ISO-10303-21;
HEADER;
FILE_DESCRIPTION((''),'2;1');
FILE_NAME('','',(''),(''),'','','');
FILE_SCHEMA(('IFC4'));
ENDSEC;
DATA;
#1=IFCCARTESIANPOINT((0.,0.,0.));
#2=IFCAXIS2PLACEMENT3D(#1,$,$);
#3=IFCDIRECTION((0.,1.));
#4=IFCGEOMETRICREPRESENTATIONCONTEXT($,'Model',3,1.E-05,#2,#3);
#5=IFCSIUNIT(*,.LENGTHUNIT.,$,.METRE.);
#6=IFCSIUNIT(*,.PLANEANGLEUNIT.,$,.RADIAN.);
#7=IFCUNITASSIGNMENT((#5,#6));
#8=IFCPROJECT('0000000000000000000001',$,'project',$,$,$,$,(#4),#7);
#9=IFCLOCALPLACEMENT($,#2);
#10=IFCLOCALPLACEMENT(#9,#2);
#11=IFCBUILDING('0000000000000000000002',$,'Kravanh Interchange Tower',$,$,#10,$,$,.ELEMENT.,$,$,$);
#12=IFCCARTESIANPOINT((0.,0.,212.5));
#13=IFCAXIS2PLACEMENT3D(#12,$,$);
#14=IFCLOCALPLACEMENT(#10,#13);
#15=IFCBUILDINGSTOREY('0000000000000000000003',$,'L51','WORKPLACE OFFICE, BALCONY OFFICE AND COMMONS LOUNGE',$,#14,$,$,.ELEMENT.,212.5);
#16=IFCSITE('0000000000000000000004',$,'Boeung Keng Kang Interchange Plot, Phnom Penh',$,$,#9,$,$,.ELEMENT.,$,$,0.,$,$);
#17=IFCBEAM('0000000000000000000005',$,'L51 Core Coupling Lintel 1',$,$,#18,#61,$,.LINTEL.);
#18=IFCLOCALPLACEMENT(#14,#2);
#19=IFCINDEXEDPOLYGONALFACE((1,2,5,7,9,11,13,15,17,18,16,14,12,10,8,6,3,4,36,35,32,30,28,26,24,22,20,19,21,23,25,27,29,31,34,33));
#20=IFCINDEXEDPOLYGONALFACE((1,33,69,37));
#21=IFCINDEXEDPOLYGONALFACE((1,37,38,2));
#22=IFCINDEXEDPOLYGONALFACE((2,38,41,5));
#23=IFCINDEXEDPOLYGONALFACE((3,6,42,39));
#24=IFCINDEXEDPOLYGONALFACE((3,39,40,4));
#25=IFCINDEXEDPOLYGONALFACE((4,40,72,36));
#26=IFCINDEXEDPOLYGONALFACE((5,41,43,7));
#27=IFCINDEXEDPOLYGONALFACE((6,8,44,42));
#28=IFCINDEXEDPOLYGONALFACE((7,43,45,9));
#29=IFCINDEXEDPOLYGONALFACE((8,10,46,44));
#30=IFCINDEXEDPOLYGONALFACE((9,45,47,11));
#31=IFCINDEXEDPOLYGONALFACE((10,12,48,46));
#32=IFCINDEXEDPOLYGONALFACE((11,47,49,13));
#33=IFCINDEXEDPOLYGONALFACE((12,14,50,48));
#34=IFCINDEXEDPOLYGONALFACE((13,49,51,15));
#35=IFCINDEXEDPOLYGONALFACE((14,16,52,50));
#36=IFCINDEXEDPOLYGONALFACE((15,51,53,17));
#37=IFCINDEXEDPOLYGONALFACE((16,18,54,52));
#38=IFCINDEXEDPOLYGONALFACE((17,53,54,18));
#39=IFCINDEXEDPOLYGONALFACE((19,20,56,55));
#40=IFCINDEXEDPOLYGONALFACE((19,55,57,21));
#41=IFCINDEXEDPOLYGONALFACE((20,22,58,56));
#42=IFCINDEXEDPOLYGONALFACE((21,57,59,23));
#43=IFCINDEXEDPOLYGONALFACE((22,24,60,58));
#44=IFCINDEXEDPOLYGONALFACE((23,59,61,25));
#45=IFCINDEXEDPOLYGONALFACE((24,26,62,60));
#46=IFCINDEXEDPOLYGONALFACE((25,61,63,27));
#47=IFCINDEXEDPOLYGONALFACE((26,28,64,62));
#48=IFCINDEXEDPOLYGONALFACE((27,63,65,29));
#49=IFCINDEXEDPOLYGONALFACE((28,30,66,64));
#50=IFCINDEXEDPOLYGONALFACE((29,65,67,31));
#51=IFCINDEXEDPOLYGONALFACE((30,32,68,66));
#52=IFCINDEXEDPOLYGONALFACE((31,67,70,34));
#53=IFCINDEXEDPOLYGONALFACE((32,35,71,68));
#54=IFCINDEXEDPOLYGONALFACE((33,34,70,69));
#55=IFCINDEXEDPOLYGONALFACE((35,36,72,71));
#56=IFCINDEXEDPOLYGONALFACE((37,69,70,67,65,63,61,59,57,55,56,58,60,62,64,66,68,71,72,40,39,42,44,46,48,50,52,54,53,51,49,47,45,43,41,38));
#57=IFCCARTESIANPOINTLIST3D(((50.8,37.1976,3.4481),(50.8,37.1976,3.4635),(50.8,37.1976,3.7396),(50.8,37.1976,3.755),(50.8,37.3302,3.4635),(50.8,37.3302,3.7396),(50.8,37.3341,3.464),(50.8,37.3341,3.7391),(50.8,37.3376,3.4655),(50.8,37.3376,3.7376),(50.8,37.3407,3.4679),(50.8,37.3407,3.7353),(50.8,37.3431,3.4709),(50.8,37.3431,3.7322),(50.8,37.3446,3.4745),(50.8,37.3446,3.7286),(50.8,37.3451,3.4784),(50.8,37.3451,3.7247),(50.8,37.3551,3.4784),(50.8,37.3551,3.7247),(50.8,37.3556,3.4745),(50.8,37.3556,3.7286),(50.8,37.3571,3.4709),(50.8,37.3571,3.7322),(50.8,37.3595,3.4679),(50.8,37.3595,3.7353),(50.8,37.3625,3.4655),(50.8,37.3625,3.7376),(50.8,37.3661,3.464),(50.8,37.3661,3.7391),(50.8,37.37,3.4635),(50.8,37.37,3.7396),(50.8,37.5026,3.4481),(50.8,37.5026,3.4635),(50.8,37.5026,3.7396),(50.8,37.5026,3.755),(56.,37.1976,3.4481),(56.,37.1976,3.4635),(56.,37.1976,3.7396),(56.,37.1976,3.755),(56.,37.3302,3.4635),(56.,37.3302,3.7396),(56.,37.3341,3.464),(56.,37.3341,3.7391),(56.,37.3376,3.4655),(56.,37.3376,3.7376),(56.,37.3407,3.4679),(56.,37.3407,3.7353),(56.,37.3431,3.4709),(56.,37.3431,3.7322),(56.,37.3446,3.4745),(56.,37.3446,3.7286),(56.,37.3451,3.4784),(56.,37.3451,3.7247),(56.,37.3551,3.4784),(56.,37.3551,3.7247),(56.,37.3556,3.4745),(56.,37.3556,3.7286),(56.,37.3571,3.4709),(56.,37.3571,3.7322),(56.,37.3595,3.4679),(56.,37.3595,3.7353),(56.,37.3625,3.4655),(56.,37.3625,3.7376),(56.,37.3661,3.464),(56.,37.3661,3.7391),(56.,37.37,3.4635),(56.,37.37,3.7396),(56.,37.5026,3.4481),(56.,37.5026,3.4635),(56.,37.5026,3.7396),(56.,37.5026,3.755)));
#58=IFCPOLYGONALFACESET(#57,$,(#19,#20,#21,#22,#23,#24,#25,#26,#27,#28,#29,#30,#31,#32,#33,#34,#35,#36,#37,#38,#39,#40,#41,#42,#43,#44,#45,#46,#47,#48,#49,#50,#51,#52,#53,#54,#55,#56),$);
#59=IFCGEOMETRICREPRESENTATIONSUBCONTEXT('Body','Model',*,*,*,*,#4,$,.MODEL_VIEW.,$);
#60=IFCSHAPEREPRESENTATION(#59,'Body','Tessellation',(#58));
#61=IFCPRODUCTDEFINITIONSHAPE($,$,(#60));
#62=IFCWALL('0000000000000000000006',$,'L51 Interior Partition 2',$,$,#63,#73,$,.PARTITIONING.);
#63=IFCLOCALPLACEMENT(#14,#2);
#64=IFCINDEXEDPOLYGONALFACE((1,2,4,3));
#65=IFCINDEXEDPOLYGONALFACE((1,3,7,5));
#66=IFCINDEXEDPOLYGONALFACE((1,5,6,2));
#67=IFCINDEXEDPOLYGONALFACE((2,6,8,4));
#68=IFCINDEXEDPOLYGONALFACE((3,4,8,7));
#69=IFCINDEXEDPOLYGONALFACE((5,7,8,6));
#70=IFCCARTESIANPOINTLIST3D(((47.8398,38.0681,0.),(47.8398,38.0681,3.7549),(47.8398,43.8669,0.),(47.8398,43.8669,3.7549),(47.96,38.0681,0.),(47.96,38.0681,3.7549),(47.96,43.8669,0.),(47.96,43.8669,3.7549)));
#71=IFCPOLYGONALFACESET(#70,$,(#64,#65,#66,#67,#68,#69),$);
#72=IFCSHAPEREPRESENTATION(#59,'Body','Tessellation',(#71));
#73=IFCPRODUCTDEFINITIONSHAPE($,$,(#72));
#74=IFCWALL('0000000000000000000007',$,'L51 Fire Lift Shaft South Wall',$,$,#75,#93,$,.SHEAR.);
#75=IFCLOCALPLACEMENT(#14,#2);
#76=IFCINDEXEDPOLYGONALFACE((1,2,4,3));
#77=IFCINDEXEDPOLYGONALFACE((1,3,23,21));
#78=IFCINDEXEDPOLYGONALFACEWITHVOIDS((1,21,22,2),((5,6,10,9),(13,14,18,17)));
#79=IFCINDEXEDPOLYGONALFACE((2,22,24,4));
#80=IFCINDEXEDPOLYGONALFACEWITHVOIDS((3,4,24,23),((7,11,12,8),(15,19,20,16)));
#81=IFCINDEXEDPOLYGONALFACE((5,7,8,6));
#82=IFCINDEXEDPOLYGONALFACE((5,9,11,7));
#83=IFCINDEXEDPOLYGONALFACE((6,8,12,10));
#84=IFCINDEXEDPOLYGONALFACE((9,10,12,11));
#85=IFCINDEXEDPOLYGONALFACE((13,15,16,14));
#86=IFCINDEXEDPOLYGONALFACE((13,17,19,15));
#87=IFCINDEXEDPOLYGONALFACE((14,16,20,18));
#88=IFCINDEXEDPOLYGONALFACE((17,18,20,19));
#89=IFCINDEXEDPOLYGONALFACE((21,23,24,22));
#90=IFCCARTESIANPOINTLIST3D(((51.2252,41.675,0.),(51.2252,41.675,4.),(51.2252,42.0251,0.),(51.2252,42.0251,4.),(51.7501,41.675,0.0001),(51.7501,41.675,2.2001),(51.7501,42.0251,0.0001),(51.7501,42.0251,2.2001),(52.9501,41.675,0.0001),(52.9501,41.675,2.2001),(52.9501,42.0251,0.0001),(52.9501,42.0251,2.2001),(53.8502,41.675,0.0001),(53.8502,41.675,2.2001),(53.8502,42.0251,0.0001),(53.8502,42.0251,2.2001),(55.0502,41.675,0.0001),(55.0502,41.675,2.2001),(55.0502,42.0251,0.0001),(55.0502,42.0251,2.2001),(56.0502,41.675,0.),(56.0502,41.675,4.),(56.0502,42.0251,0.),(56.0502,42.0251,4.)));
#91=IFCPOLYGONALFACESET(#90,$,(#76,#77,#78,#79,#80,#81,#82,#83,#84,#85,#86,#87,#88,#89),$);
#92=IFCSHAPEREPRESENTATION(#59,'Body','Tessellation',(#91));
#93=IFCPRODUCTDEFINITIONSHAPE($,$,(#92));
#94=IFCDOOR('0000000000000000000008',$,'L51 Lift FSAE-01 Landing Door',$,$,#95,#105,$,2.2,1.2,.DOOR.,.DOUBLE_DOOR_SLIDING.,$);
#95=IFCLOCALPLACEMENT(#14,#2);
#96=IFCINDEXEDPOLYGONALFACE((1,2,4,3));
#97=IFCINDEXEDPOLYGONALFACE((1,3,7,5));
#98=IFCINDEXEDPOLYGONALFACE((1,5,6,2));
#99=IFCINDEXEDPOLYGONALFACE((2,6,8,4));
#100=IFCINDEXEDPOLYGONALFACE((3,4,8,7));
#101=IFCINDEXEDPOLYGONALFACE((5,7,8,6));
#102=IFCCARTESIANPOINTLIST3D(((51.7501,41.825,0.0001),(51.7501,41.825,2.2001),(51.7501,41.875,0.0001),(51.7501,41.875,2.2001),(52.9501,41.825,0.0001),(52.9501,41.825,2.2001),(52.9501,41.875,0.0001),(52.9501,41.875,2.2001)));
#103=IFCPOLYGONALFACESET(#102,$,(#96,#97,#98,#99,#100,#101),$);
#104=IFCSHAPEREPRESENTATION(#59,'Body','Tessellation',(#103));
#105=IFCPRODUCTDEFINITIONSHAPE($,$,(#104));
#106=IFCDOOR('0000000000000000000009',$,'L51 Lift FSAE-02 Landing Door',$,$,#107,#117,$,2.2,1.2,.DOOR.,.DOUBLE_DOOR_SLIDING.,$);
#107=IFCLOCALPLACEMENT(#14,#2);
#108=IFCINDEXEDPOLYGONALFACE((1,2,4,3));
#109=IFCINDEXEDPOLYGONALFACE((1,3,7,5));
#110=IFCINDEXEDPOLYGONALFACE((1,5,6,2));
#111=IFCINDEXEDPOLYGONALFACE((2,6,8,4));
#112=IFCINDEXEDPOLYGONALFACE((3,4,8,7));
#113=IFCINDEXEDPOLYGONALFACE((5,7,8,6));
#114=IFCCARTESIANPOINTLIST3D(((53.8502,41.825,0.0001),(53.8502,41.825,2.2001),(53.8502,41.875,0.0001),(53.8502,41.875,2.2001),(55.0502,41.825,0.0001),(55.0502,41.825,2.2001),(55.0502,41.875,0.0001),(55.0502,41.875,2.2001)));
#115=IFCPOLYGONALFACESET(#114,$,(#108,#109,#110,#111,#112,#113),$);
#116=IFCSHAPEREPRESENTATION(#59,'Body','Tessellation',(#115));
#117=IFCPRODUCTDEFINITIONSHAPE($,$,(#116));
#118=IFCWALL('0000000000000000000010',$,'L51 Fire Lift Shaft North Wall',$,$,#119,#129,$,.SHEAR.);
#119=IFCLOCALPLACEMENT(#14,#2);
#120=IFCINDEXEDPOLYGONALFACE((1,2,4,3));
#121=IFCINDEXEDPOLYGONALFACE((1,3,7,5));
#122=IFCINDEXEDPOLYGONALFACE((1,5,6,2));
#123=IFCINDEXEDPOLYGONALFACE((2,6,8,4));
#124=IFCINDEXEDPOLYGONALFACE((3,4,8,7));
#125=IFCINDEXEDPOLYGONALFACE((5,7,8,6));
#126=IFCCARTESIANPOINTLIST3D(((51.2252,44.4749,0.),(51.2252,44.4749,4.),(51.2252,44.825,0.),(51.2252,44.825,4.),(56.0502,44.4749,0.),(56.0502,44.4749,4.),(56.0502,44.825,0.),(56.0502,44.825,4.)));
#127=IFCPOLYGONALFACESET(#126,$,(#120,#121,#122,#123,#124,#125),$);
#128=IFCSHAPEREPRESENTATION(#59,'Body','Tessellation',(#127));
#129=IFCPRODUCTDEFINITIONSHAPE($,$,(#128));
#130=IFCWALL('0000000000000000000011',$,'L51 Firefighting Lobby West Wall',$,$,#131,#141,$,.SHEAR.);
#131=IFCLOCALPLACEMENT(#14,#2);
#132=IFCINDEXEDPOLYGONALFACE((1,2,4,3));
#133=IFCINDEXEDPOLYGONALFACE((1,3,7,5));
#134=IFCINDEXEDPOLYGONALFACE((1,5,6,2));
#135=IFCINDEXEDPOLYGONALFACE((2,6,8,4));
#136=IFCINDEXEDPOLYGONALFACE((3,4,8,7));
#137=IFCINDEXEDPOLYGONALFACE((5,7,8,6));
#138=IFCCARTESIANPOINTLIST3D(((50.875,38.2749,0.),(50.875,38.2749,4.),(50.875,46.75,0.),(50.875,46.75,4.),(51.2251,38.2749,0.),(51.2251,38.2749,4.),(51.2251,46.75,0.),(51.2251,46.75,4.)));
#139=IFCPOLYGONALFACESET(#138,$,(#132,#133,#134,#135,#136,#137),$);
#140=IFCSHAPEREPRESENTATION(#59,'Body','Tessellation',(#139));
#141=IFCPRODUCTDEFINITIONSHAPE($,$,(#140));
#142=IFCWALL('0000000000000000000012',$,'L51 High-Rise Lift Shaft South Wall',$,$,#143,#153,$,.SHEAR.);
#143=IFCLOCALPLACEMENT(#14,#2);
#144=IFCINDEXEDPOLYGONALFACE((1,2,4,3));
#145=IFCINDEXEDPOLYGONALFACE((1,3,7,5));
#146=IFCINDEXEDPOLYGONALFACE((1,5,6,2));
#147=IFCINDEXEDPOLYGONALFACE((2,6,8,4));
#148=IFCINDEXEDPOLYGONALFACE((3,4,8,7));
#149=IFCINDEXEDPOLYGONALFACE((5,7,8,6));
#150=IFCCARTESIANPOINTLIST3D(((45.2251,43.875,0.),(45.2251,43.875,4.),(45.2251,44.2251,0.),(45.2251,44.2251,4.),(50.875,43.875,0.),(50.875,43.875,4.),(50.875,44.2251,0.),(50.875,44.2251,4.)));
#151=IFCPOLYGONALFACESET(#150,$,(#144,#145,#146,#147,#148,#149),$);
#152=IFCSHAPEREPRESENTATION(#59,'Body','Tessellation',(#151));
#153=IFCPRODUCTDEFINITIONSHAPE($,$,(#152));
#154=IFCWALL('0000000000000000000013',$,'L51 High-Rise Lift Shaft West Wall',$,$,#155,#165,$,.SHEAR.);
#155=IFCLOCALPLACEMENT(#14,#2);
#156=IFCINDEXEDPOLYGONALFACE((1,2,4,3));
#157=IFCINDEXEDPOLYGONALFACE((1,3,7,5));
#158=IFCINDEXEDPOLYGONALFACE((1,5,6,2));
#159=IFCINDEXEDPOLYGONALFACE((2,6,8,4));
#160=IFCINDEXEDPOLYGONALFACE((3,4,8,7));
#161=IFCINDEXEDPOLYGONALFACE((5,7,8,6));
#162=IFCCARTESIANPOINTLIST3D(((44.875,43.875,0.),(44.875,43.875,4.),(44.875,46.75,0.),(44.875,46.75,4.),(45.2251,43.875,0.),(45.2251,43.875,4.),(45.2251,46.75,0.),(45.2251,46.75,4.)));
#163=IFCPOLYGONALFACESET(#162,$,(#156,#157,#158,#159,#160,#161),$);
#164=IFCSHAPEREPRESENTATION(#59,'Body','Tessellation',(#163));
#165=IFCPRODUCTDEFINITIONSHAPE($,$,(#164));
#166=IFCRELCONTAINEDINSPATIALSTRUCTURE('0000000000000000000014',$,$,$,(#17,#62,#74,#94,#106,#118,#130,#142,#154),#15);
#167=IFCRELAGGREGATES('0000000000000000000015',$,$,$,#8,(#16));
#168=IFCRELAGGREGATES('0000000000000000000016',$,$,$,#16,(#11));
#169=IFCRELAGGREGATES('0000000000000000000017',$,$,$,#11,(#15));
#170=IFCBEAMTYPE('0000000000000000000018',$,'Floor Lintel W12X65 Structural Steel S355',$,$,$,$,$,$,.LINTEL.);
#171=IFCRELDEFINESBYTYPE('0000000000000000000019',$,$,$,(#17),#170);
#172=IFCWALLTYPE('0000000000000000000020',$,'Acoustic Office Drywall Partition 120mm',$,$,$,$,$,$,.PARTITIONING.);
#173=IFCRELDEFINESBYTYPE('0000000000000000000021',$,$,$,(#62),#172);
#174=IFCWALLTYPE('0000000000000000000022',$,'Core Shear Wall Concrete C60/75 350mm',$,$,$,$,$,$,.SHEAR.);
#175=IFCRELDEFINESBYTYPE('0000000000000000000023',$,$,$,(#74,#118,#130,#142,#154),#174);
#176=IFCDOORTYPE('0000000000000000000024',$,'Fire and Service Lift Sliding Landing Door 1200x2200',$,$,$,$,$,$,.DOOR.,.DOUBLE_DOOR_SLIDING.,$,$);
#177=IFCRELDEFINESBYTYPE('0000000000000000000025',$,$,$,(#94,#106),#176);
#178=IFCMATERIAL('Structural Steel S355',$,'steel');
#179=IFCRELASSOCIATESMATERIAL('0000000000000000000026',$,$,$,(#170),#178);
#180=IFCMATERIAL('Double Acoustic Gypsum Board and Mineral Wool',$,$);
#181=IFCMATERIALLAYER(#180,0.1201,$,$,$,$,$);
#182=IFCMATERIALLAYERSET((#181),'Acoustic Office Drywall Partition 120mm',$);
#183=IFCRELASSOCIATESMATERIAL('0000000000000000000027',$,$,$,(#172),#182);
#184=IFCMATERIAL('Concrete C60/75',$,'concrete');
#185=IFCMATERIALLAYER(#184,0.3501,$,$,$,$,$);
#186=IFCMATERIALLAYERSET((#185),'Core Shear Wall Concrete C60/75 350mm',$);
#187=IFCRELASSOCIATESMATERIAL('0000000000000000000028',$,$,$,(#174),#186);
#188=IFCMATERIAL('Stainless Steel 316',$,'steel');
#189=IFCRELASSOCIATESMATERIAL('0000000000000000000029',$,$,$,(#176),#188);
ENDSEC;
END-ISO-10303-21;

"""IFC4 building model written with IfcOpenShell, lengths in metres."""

from ifc_helpers import new_model, si_unit, direction, frame, frame_2d, origin, origin_2d, place, context, subcontext, project, spatial, rectangle, i_section, extrude, material, layer, layer_set, material_profile, profile_set, type_object, element, fill, save


model = new_model("IFC4")

# Units and contexts
model_context = context("Model", 3, precision=1e-05, world=origin(), true_north=direction((0.0, 1.0)))
body_context = subcontext(model_context, "Body", "Model", "MODEL_VIEW")
ifc_project = project(units=[si_unit("LENGTHUNIT", "METRE"), si_unit("PLANEANGLEUNIT", "RADIAN")], contexts=[model_context])

# Site, building, storey
site_placement = place(None, origin())
site = spatial("IfcSite", under=ifc_project, at=site_placement, Name="Boeung Keng Kang Interchange Plot, Phnom Penh", CompositionType="ELEMENT", RefElevation=0.0)
building_placement = place(site_placement, origin())
building = spatial("IfcBuilding", under=site, at=building_placement, Name="Kravanh Interchange Tower", CompositionType="ELEMENT")
storey_placement = place(building_placement, frame((0.0, 0.0, 212.5)))
storey = spatial("IfcBuildingStorey", under=building, at=storey_placement, Name="L51", Description="WORKPLACE OFFICE, BALCONY OFFICE AND COMMONS LOUNGE", CompositionType="ELEMENT", Elevation=212.5)

# Beam
ifc_material_1 = material(Name="Structural Steel S355", Category="steel")
ifc_material_profile_1 = material_profile(ifc_material_1, i_section(OverallWidth=0.3049, OverallDepth=0.3069, WebThickness=0.01, FlangeThickness=0.0154, FilletRadius=0.0149, at=origin_2d()), Name="W12X65")
ifc_profile_set_1 = profile_set([ifc_material_profile_1], Name="Structural Steel S355")
beam_type_1 = type_object("IfcBeamType", Name="Floor Lintel W12X65 Structural Steel S355", PredefinedType="LINTEL", material=ifc_profile_set_1)
beam_1_placement = place(storey_placement, frame((50.8, 37.3501, 3.6016), z_axis=(1.0, 0.0, 0.0), x_axis=(0.0, 1.0, 0.0)))
element("IfcBeam", 1, at=beam_1_placement, inside=storey, type_object=beam_type_1, Name="L51 Core Coupling Lintel 1", PredefinedType="LINTEL", context=body_context, shape_type="SweptSolid", body=[
    extrude(i_section(OverallWidth=0.3049, OverallDepth=0.3069, WebThickness=0.01, FlangeThickness=0.0154, FilletRadius=0.0149, at=origin_2d()), origin(), (0.0, 0.0, 1.0), 5.2),
])

# Wall
ifc_material_2 = material(Name="Double Acoustic Gypsum Board and Mineral Wool")
ifc_layer_1 = layer(ifc_material_2, 0.1201)
ifc_layer_set_1 = layer_set([ifc_layer_1], Name="Acoustic Office Drywall Partition 120mm")
wall_type_1 = type_object("IfcWallType", Name="Acoustic Office Drywall Partition 120mm", PredefinedType="PARTITIONING", material=ifc_layer_set_1)
wall_1_placement = place(storey_placement, frame((47.8999, 38.0681, 0.0), z_axis=(0.0, 0.0, 1.0), x_axis=(0.0, 1.0, 0.0)))
element("IfcWall", 2, at=wall_1_placement, inside=storey, type_object=wall_type_1, Name="L51 Interior Partition 2", PredefinedType="PARTITIONING", context=body_context, shape_type="SweptSolid", body=[
    extrude(rectangle(XDim=5.7988, YDim=0.1201, at=frame_2d((2.8994, 0.0))), origin(), (0.0, 0.0, 1.0), 3.7549),
])

# Wall, openings, doors
ifc_material_3 = material(Name="Concrete C60/75", Category="concrete")
ifc_layer_2 = layer(ifc_material_3, 0.3501)
ifc_layer_set_2 = layer_set([ifc_layer_2], Name="Core Shear Wall Concrete C60/75 350mm")
wall_type_2 = type_object("IfcWallType", Name="Core Shear Wall Concrete C60/75 350mm", PredefinedType="SHEAR", material=ifc_layer_set_2)
wall_2_placement = place(storey_placement, frame((51.2251, 41.8501, 0.0), z_axis=(0.0, 0.0, 1.0), x_axis=(1.0, 0.0, 0.0)))
wall_2 = element("IfcWall", 3, at=wall_2_placement, inside=storey, type_object=wall_type_2, Name="L51 Fire Lift Shaft South Wall", PredefinedType="SHEAR", context=body_context, shape_type="SweptSolid", body=[
    extrude(rectangle(XDim=4.825, YDim=0.3501, at=frame_2d((2.4126, 0.0))), origin(), (0.0, 0.0, 1.0), 4.0),
])
opening_1_placement = place(wall_2_placement, frame((0.5249, 0.0, 0.0)))
opening_1 = element("IfcOpeningElement", 4, at=opening_1_placement, cuts=wall_2, PredefinedType="OPENING", context=body_context, shape_type="SweptSolid", body=[
    extrude(rectangle(XDim=1.2, YDim=2.2, at=frame_2d((0.6001, 1.1001))), frame((0.0, 0.1851, 0.0), z_axis=(0.0, -1.0, 0.0), x_axis=(1.0, 0.0, 0.0)), (0.0, 0.0, 1.0), 0.3701),
])
opening_2_placement = place(wall_2_placement, frame((2.625, 0.0, 0.0)))
opening_2 = element("IfcOpeningElement", 5, at=opening_2_placement, cuts=wall_2, PredefinedType="OPENING", context=body_context, shape_type="SweptSolid", body=[
    extrude(rectangle(XDim=1.2, YDim=2.2, at=frame_2d((0.6001, 1.1001))), frame((0.0, 0.1851, 0.0), z_axis=(0.0, -1.0, 0.0), x_axis=(1.0, 0.0, 0.0)), (0.0, 0.0, 1.0), 0.3701),
])
ifc_material_4 = material(Name="Stainless Steel 316", Category="steel")
door_type_1 = type_object("IfcDoorType", Name="Fire and Service Lift Sliding Landing Door 1200x2200", OperationType="DOUBLE_DOOR_SLIDING", PredefinedType="DOOR", material=ifc_material_4)
door_1_placement = place(opening_1_placement, origin())
door_1 = element("IfcDoor", 6, at=door_1_placement, inside=storey, type_object=door_type_1, Name="L51 Lift FSAE-01 Landing Door", OperationType="DOUBLE_DOOR_SLIDING", OverallHeight=2.2, OverallWidth=1.2, PredefinedType="DOOR", context=body_context, shape_type="SweptSolid", body=[
    extrude(rectangle(XDim=1.2, YDim=2.2, at=frame_2d((0.6001, 1.1001))), frame((0.0, 0.0249, 0.0), z_axis=(0.0, -1.0, 0.0), x_axis=(1.0, 0.0, 0.0)), (0.0, 0.0, 1.0), 0.05),
])
fill(opening_1, door_1)
door_2_placement = place(opening_2_placement, origin())
door_2 = element("IfcDoor", 7, at=door_2_placement, inside=storey, type_object=door_type_1, Name="L51 Lift FSAE-02 Landing Door", OperationType="DOUBLE_DOOR_SLIDING", OverallHeight=2.2, OverallWidth=1.2, PredefinedType="DOOR", context=body_context, shape_type="SweptSolid", body=[
    extrude(rectangle(XDim=1.2, YDim=2.2, at=frame_2d((0.6001, 1.1001))), frame((0.0, 0.0249, 0.0), z_axis=(0.0, -1.0, 0.0), x_axis=(1.0, 0.0, 0.0)), (0.0, 0.0, 1.0), 0.05),
])
fill(opening_2, door_2)

# Walls
wall_3_placement = place(storey_placement, frame((51.2251, 44.6499, 0.0), z_axis=(0.0, 0.0, 1.0), x_axis=(1.0, 0.0, 0.0)))
element("IfcWall", 8, at=wall_3_placement, inside=storey, type_object=wall_type_2, Name="L51 Fire Lift Shaft North Wall", PredefinedType="SHEAR", context=body_context, shape_type="SweptSolid", body=[
    extrude(rectangle(XDim=4.825, YDim=0.3501, at=frame_2d((2.4126, 0.0))), origin(), (0.0, 0.0, 1.0), 4.0),
])
wall_4_placement = place(storey_placement, frame((51.05, 38.2749, 0.0), z_axis=(0.0, 0.0, 1.0), x_axis=(0.0, 1.0, 0.0)))
element("IfcWall", 9, at=wall_4_placement, inside=storey, type_object=wall_type_2, Name="L51 Firefighting Lobby West Wall", PredefinedType="SHEAR", context=body_context, shape_type="SweptSolid", body=[
    extrude(rectangle(XDim=8.4751, YDim=0.3501, at=frame_2d((4.2375, 0.0))), origin(), (0.0, 0.0, 1.0), 4.0),
])
wall_5_placement = place(storey_placement, frame((45.2251, 44.05, 0.0), z_axis=(0.0, 0.0, 1.0), x_axis=(1.0, 0.0, 0.0)))
element("IfcWall", 10, at=wall_5_placement, inside=storey, type_object=wall_type_2, Name="L51 High-Rise Lift Shaft South Wall", PredefinedType="SHEAR", context=body_context, shape_type="SweptSolid", body=[
    extrude(rectangle(XDim=5.6499, YDim=0.3501, at=frame_2d((2.825, 0.0))), origin(), (0.0, 0.0, 1.0), 4.0),
])
wall_6_placement = place(storey_placement, frame((45.05, 43.875, 0.0), z_axis=(0.0, 0.0, 1.0), x_axis=(0.0, 1.0, 0.0)))
element("IfcWall", 11, at=wall_6_placement, inside=storey, type_object=wall_type_2, Name="L51 High-Rise Lift Shaft West Wall", PredefinedType="SHEAR", context=body_context, shape_type="SweptSolid", body=[
    extrude(rectangle(XDim=2.875, YDim=0.3501, at=frame_2d((1.4375, 0.0))), origin(), (0.0, 0.0, 1.0), 4.0),
])

save(model, "model.ifc")
